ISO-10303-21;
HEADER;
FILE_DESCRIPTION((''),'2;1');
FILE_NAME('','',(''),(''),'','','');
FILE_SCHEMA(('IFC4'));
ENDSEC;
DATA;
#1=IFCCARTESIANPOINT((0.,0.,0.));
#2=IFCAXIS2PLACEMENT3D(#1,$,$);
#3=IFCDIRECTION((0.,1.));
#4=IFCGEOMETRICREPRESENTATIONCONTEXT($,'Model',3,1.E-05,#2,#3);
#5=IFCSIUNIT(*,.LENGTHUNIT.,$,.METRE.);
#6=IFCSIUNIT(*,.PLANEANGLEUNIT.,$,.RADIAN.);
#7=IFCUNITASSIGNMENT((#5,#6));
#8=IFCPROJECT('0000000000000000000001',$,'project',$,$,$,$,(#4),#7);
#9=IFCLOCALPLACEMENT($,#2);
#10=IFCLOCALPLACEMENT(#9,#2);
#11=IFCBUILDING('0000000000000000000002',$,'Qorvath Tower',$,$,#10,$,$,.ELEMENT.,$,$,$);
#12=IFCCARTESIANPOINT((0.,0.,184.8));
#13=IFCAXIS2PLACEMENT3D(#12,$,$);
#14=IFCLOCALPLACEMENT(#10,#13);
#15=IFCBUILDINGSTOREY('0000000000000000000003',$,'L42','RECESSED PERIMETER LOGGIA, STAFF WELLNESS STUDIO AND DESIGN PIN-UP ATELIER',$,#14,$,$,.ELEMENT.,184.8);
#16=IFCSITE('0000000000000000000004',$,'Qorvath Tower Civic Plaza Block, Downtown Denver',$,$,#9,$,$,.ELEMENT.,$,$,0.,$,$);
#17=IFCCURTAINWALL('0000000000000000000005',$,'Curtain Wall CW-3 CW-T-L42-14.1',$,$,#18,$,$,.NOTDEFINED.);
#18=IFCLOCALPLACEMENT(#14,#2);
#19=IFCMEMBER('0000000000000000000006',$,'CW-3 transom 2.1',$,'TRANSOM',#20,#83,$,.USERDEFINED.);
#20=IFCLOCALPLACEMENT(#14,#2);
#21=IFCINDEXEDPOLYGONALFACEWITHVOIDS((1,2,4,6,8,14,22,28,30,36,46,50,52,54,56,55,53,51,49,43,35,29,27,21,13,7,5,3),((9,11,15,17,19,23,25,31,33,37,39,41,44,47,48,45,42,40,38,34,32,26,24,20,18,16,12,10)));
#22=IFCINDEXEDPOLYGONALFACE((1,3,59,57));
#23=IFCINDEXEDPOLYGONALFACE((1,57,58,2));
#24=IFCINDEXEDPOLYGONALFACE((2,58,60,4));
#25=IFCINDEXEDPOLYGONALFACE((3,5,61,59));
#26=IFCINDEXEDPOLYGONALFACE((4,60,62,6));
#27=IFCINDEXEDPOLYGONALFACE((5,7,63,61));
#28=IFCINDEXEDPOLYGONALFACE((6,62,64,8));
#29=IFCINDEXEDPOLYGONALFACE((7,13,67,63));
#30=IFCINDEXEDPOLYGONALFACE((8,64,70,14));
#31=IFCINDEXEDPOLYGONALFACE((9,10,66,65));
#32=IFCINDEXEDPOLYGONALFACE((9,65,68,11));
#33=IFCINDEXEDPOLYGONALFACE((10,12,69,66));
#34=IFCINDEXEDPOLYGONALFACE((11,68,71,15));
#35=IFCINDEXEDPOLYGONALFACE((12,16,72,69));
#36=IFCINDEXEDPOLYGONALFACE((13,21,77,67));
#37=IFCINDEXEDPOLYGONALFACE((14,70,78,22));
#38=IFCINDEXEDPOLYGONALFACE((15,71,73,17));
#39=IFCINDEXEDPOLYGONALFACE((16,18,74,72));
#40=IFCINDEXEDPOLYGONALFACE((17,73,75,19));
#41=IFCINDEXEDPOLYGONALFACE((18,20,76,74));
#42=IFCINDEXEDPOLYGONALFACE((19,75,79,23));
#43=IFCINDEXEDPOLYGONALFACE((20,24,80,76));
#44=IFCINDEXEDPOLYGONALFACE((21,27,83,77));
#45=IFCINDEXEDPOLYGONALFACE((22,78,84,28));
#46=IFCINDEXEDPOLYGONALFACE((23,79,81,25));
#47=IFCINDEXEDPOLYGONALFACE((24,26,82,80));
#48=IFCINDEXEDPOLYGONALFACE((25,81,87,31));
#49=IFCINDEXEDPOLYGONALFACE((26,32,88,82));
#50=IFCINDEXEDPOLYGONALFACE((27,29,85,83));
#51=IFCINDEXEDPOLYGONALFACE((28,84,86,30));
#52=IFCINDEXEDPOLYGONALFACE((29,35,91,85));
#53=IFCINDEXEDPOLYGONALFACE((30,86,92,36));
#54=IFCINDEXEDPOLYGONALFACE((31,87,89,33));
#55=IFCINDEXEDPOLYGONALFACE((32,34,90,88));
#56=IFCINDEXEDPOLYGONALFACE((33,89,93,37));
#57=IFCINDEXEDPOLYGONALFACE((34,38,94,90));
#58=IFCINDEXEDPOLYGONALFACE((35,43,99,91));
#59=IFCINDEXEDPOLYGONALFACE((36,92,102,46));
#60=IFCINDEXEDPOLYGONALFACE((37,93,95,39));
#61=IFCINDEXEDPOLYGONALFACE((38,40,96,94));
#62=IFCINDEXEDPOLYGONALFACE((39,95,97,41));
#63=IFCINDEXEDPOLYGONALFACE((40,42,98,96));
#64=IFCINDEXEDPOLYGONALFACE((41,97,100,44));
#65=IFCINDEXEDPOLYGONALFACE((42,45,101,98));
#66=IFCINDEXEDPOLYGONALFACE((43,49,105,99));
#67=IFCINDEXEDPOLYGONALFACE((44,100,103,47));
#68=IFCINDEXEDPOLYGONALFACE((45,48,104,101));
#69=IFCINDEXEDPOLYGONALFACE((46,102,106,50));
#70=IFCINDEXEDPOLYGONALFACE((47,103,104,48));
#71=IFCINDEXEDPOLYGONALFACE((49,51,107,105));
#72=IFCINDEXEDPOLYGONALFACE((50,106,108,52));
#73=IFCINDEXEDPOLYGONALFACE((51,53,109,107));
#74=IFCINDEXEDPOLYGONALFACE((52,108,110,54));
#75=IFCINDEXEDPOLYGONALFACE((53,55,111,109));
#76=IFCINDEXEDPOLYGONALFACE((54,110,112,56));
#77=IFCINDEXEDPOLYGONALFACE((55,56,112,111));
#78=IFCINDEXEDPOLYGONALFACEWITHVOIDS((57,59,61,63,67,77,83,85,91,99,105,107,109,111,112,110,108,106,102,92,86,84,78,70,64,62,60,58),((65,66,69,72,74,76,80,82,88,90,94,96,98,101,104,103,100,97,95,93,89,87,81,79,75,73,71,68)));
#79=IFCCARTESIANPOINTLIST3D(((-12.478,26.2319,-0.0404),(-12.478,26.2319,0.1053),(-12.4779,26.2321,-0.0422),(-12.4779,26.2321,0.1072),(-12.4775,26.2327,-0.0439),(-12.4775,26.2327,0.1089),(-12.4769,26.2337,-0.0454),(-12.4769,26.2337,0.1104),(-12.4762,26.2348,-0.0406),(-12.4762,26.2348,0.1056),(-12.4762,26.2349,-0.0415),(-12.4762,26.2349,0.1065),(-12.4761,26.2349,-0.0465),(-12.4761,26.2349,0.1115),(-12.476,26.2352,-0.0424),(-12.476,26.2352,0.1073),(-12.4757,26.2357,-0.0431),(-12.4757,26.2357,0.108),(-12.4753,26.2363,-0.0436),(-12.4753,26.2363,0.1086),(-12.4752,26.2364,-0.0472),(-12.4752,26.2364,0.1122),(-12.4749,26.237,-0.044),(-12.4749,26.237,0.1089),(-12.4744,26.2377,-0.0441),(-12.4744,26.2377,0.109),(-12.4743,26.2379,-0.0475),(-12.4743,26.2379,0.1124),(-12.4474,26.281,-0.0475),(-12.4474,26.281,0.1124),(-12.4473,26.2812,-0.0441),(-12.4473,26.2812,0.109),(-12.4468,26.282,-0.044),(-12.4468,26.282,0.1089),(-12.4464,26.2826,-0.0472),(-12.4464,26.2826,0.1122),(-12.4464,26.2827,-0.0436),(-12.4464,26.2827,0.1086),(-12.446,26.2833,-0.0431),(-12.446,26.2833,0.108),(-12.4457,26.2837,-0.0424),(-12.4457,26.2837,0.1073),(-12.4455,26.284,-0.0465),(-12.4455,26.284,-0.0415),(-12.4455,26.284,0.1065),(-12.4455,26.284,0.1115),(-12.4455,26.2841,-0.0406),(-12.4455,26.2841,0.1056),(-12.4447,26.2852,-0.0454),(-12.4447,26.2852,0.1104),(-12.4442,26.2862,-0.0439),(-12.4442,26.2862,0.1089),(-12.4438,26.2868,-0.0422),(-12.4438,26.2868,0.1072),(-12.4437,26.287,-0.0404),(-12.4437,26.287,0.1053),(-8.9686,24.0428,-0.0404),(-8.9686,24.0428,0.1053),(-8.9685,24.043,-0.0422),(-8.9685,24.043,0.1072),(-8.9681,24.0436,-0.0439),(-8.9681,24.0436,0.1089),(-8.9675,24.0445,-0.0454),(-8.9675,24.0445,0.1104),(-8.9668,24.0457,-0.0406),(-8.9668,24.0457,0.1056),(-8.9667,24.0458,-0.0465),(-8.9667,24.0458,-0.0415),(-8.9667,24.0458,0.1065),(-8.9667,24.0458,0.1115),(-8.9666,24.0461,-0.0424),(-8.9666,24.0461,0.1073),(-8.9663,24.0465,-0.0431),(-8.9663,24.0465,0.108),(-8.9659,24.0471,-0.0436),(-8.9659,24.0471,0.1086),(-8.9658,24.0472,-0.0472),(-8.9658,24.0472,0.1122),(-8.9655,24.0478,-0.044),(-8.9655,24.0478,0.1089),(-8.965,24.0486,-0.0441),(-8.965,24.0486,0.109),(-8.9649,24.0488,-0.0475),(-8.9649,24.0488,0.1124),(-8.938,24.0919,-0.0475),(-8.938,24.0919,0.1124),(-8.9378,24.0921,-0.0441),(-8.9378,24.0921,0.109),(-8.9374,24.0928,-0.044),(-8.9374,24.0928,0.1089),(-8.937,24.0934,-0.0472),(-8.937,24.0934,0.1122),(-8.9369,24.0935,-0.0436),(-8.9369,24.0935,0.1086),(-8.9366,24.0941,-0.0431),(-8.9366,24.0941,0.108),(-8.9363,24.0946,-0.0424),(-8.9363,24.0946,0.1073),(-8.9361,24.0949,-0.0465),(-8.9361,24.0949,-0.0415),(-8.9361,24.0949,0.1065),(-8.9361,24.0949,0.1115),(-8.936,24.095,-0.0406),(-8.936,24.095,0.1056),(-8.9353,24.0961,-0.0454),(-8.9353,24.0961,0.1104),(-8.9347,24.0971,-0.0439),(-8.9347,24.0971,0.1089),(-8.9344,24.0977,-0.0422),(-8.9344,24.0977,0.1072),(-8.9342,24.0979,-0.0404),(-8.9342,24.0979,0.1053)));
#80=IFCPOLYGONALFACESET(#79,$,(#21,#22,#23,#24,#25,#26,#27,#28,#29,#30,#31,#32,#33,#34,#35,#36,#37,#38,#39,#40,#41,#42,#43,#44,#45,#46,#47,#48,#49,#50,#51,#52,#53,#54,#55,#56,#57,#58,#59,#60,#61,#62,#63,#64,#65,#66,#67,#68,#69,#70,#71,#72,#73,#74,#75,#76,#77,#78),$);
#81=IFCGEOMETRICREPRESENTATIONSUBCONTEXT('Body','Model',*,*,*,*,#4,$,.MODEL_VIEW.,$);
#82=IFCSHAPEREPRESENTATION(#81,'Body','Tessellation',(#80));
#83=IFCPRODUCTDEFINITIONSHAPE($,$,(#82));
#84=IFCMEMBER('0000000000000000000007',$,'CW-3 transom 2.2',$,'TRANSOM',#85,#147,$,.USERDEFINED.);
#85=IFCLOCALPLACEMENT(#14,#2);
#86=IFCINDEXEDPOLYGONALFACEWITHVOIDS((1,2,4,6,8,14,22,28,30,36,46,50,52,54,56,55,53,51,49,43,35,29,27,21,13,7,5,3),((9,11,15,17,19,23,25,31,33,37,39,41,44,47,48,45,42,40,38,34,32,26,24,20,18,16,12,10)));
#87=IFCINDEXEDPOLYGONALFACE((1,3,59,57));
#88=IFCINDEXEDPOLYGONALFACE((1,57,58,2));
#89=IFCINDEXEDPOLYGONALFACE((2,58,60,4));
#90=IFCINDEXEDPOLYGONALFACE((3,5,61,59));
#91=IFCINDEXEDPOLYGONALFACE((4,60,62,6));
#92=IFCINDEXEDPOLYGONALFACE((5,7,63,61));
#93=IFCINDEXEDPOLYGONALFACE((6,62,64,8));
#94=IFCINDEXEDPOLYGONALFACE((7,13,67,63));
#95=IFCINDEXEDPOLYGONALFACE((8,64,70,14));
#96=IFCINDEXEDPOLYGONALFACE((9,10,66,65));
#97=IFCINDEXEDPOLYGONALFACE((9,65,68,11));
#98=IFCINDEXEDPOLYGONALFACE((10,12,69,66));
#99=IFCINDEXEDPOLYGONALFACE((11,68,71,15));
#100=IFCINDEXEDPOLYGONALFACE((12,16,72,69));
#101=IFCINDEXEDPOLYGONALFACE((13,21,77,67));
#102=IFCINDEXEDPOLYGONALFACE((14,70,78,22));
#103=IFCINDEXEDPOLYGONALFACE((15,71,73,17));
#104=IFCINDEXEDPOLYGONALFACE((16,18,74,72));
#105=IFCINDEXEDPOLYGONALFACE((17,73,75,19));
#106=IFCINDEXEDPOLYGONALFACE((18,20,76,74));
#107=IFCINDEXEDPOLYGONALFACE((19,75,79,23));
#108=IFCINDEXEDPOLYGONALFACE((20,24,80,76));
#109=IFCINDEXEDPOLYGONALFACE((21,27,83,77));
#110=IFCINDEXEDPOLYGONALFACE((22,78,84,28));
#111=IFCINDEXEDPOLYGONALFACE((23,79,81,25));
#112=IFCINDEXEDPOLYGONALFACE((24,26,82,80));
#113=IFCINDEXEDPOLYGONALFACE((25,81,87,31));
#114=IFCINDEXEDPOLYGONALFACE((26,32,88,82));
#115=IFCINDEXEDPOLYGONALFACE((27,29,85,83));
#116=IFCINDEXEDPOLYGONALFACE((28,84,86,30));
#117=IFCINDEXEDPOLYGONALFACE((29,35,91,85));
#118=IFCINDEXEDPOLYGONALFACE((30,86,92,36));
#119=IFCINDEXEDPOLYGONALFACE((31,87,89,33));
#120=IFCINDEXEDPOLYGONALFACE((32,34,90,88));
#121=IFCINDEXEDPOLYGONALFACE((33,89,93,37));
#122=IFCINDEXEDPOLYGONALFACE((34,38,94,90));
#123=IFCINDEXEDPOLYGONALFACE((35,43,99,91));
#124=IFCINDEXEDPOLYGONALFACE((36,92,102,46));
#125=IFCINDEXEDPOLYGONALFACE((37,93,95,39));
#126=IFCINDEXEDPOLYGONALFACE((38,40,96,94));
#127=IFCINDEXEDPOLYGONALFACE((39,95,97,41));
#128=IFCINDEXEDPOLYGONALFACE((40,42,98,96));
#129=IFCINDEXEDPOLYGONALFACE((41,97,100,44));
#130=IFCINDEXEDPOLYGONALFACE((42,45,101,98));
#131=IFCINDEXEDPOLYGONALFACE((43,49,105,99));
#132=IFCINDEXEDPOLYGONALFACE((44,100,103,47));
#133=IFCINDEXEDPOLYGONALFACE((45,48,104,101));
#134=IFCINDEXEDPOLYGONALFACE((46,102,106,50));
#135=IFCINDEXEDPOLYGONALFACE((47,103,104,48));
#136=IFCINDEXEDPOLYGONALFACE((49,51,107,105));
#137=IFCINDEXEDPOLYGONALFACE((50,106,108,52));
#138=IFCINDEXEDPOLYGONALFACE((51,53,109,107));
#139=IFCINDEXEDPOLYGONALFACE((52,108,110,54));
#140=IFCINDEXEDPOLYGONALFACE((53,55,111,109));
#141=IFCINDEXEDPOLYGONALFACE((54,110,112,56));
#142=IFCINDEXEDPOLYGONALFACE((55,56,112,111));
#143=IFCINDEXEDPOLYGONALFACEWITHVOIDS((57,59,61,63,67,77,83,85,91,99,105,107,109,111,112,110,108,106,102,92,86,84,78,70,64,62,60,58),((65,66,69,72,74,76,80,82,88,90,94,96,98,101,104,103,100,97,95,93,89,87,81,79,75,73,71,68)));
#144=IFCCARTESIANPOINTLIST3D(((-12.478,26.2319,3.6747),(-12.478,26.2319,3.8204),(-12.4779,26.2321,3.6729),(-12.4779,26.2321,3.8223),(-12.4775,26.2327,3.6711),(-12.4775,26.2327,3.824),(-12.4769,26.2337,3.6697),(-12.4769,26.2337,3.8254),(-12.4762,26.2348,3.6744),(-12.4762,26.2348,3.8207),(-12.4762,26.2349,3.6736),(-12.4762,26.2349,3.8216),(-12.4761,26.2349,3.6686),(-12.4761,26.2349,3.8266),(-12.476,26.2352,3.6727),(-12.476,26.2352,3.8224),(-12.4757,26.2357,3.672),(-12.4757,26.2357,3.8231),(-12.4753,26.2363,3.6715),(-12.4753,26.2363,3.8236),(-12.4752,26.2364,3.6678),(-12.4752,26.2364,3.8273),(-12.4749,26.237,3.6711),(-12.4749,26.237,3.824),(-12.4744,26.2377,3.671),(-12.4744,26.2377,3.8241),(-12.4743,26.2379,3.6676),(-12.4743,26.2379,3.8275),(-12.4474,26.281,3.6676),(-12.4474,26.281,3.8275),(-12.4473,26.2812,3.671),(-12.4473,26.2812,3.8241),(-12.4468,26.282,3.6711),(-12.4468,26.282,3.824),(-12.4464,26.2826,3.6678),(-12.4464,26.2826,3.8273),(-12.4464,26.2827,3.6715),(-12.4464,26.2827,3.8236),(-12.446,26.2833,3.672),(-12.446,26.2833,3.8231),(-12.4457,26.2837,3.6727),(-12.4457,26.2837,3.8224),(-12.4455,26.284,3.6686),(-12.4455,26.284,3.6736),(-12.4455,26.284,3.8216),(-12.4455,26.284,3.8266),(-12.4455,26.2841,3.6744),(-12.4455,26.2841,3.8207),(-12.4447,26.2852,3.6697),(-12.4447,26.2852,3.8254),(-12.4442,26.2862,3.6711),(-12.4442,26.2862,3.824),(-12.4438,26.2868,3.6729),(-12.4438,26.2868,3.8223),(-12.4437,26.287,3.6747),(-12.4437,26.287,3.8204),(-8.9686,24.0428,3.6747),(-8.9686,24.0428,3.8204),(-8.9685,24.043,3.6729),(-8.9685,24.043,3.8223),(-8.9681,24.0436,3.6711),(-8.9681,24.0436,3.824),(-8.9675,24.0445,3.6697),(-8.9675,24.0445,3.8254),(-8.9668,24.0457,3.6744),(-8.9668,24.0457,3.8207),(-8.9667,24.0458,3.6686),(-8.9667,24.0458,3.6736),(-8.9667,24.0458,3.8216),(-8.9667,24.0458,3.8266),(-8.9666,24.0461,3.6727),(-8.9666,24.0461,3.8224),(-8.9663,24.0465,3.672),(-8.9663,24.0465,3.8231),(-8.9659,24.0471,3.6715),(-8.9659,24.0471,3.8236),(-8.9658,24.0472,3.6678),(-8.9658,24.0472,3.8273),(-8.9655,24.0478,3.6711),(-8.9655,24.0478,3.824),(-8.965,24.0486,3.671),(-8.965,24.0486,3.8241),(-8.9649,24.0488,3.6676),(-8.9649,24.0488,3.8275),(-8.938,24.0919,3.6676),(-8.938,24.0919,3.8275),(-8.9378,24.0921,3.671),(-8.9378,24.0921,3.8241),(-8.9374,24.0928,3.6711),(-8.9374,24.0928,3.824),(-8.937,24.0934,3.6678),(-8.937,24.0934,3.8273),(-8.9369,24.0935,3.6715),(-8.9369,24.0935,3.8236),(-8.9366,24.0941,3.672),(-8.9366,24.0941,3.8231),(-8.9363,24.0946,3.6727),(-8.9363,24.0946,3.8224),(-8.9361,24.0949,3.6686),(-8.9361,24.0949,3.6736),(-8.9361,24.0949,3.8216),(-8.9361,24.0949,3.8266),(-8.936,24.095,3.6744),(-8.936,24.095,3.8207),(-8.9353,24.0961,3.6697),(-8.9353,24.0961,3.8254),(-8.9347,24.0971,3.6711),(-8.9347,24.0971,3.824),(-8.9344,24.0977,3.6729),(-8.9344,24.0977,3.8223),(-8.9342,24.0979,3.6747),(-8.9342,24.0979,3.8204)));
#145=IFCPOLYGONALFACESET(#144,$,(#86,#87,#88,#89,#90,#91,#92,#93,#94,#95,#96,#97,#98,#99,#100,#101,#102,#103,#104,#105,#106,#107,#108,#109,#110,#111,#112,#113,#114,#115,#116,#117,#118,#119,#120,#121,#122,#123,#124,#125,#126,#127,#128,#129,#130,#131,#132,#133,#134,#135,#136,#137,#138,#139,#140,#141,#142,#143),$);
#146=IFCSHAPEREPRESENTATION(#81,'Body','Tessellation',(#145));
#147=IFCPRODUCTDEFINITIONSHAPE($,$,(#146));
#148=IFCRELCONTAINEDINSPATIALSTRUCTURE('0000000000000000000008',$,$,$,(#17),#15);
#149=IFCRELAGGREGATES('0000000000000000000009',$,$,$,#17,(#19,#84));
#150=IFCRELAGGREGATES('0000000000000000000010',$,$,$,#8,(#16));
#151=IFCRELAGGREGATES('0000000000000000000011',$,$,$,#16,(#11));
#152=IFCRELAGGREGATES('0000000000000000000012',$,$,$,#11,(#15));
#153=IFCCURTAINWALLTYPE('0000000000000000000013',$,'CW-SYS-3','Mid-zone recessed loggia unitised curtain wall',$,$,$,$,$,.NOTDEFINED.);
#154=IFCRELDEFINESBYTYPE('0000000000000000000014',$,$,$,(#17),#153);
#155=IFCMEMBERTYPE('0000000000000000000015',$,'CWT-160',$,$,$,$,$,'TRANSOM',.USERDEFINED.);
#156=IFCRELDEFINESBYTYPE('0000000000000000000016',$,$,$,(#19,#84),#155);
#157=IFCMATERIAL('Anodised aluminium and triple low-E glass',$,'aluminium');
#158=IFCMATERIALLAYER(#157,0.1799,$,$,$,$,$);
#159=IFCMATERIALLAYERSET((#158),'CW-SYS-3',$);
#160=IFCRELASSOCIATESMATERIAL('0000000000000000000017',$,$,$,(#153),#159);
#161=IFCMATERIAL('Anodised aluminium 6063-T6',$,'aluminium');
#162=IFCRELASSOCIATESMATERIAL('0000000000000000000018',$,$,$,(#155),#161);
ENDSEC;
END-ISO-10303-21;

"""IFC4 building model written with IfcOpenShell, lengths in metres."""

from ifc_helpers import new_model, si_unit, direction, frame, origin, origin_2d, place, context, subcontext, project, spatial, hollow_rectangle, extrude, material, layer, layer_set, material_profile, profile_set, type_object, element, aggregate, save


model = new_model("IFC4")

# Units and contexts
model_context = context("Model", 3, precision=1e-05, world=origin(), true_north=direction((0.0, 1.0)))
body_context = subcontext(model_context, "Body", "Model", "MODEL_VIEW")
ifc_project = project(units=[si_unit("LENGTHUNIT", "METRE"), si_unit("PLANEANGLEUNIT", "RADIAN")], contexts=[model_context])

# Site, building, storey
site_placement = place(None, origin())
site = spatial("IfcSite", under=ifc_project, at=site_placement, Name="Qorvath Tower Civic Plaza Block, Downtown Denver", CompositionType="ELEMENT", RefElevation=0.0)
building_placement = place(site_placement, origin())
building = spatial("IfcBuilding", under=site, at=building_placement, Name="Qorvath Tower", CompositionType="ELEMENT")
storey_placement = place(building_placement, frame((0.0, 0.0, 184.8)))
storey = spatial("IfcBuildingStorey", under=building, at=storey_placement, Name="L42", Description="RECESSED PERIMETER LOGGIA, STAFF WELLNESS STUDIO AND DESIGN PIN-UP ATELIER", CompositionType="ELEMENT", Elevation=184.8)

# Shared definitions
ifc_material_1 = material(Name="Anodised aluminium and triple low-E glass", Category="aluminium")
ifc_layer_1 = layer(ifc_material_1, 0.1799)
ifc_layer_set_1 = layer_set([ifc_layer_1], Name="CW-SYS-3")
curtain_wall_type = type_object("IfcCurtainWallType", Name="CW-SYS-3", Description="Mid-zone recessed loggia unitised curtain wall", PredefinedType="NOTDEFINED", material=ifc_layer_set_1)

# Curtain wall
curtain_wall_1_placement = place(storey_placement, origin())
curtain_wall_1 = element("IfcCurtainWall", 1, at=curtain_wall_1_placement, inside=storey, type_object=curtain_wall_type, Name="Curtain Wall CW-3 CW-T-L42-14.1", PredefinedType="NOTDEFINED")

# Members
ifc_material_2 = material(Name="Anodised aluminium 6063-T6", Category="aluminium")
ifc_material_profile_1 = material_profile(ifc_material_2, hollow_rectangle(XDim=0.0649, YDim=0.1599, WallThickness=0.0034, InnerFilletRadius=0.0034, OuterFilletRadius=0.0071, at=origin_2d()), Name="CWT 160x65")
ifc_profile_set_1 = profile_set([ifc_material_profile_1], Name="Anodised aluminium 6063-T6")
member_type_1 = type_object("IfcMemberType", Name="CWT-160", ElementType="TRANSOM", PredefinedType="USERDEFINED", material=ifc_profile_set_1)
member_1_placement = place(storey_placement, frame((-8.9514, 24.0703, 0.0325), z_axis=(-0.848459, 0.529261, 0.0), x_axis=(-0.529261, -0.848459, 0.0)))
member_1 = element("IfcMember", 2, at=member_1_placement, type_object=member_type_1, Name="CW-3 transom 2.1", ObjectType="TRANSOM", PredefinedType="USERDEFINED", context=body_context, shape_type="SweptSolid", body=[
    extrude(hollow_rectangle(XDim=0.0649, YDim=0.1599, WallThickness=0.0034, InnerFilletRadius=0.0034, OuterFilletRadius=0.0071, at=origin_2d()), origin(), (0.0, 0.0, 1.0), 4.1362),
])
member_2_placement = place(storey_placement, frame((-8.9514, 24.0703, 3.7476), z_axis=(-0.848459, 0.529261, 0.0), x_axis=(-0.529261, -0.848459, 0.0)))
member_2 = element("IfcMember", 3, at=member_2_placement, type_object=member_type_1, Name="CW-3 transom 2.2", ObjectType="TRANSOM", PredefinedType="USERDEFINED", context=body_context, shape_type="SweptSolid", body=[
    extrude(hollow_rectangle(XDim=0.0649, YDim=0.1599, WallThickness=0.0034, InnerFilletRadius=0.0034, OuterFilletRadius=0.0071, at=origin_2d()), origin(), (0.0, 0.0, 1.0), 4.1362),
])

aggregate(curtain_wall_1, [member_1, member_2])

save(model, "model.ifc")
